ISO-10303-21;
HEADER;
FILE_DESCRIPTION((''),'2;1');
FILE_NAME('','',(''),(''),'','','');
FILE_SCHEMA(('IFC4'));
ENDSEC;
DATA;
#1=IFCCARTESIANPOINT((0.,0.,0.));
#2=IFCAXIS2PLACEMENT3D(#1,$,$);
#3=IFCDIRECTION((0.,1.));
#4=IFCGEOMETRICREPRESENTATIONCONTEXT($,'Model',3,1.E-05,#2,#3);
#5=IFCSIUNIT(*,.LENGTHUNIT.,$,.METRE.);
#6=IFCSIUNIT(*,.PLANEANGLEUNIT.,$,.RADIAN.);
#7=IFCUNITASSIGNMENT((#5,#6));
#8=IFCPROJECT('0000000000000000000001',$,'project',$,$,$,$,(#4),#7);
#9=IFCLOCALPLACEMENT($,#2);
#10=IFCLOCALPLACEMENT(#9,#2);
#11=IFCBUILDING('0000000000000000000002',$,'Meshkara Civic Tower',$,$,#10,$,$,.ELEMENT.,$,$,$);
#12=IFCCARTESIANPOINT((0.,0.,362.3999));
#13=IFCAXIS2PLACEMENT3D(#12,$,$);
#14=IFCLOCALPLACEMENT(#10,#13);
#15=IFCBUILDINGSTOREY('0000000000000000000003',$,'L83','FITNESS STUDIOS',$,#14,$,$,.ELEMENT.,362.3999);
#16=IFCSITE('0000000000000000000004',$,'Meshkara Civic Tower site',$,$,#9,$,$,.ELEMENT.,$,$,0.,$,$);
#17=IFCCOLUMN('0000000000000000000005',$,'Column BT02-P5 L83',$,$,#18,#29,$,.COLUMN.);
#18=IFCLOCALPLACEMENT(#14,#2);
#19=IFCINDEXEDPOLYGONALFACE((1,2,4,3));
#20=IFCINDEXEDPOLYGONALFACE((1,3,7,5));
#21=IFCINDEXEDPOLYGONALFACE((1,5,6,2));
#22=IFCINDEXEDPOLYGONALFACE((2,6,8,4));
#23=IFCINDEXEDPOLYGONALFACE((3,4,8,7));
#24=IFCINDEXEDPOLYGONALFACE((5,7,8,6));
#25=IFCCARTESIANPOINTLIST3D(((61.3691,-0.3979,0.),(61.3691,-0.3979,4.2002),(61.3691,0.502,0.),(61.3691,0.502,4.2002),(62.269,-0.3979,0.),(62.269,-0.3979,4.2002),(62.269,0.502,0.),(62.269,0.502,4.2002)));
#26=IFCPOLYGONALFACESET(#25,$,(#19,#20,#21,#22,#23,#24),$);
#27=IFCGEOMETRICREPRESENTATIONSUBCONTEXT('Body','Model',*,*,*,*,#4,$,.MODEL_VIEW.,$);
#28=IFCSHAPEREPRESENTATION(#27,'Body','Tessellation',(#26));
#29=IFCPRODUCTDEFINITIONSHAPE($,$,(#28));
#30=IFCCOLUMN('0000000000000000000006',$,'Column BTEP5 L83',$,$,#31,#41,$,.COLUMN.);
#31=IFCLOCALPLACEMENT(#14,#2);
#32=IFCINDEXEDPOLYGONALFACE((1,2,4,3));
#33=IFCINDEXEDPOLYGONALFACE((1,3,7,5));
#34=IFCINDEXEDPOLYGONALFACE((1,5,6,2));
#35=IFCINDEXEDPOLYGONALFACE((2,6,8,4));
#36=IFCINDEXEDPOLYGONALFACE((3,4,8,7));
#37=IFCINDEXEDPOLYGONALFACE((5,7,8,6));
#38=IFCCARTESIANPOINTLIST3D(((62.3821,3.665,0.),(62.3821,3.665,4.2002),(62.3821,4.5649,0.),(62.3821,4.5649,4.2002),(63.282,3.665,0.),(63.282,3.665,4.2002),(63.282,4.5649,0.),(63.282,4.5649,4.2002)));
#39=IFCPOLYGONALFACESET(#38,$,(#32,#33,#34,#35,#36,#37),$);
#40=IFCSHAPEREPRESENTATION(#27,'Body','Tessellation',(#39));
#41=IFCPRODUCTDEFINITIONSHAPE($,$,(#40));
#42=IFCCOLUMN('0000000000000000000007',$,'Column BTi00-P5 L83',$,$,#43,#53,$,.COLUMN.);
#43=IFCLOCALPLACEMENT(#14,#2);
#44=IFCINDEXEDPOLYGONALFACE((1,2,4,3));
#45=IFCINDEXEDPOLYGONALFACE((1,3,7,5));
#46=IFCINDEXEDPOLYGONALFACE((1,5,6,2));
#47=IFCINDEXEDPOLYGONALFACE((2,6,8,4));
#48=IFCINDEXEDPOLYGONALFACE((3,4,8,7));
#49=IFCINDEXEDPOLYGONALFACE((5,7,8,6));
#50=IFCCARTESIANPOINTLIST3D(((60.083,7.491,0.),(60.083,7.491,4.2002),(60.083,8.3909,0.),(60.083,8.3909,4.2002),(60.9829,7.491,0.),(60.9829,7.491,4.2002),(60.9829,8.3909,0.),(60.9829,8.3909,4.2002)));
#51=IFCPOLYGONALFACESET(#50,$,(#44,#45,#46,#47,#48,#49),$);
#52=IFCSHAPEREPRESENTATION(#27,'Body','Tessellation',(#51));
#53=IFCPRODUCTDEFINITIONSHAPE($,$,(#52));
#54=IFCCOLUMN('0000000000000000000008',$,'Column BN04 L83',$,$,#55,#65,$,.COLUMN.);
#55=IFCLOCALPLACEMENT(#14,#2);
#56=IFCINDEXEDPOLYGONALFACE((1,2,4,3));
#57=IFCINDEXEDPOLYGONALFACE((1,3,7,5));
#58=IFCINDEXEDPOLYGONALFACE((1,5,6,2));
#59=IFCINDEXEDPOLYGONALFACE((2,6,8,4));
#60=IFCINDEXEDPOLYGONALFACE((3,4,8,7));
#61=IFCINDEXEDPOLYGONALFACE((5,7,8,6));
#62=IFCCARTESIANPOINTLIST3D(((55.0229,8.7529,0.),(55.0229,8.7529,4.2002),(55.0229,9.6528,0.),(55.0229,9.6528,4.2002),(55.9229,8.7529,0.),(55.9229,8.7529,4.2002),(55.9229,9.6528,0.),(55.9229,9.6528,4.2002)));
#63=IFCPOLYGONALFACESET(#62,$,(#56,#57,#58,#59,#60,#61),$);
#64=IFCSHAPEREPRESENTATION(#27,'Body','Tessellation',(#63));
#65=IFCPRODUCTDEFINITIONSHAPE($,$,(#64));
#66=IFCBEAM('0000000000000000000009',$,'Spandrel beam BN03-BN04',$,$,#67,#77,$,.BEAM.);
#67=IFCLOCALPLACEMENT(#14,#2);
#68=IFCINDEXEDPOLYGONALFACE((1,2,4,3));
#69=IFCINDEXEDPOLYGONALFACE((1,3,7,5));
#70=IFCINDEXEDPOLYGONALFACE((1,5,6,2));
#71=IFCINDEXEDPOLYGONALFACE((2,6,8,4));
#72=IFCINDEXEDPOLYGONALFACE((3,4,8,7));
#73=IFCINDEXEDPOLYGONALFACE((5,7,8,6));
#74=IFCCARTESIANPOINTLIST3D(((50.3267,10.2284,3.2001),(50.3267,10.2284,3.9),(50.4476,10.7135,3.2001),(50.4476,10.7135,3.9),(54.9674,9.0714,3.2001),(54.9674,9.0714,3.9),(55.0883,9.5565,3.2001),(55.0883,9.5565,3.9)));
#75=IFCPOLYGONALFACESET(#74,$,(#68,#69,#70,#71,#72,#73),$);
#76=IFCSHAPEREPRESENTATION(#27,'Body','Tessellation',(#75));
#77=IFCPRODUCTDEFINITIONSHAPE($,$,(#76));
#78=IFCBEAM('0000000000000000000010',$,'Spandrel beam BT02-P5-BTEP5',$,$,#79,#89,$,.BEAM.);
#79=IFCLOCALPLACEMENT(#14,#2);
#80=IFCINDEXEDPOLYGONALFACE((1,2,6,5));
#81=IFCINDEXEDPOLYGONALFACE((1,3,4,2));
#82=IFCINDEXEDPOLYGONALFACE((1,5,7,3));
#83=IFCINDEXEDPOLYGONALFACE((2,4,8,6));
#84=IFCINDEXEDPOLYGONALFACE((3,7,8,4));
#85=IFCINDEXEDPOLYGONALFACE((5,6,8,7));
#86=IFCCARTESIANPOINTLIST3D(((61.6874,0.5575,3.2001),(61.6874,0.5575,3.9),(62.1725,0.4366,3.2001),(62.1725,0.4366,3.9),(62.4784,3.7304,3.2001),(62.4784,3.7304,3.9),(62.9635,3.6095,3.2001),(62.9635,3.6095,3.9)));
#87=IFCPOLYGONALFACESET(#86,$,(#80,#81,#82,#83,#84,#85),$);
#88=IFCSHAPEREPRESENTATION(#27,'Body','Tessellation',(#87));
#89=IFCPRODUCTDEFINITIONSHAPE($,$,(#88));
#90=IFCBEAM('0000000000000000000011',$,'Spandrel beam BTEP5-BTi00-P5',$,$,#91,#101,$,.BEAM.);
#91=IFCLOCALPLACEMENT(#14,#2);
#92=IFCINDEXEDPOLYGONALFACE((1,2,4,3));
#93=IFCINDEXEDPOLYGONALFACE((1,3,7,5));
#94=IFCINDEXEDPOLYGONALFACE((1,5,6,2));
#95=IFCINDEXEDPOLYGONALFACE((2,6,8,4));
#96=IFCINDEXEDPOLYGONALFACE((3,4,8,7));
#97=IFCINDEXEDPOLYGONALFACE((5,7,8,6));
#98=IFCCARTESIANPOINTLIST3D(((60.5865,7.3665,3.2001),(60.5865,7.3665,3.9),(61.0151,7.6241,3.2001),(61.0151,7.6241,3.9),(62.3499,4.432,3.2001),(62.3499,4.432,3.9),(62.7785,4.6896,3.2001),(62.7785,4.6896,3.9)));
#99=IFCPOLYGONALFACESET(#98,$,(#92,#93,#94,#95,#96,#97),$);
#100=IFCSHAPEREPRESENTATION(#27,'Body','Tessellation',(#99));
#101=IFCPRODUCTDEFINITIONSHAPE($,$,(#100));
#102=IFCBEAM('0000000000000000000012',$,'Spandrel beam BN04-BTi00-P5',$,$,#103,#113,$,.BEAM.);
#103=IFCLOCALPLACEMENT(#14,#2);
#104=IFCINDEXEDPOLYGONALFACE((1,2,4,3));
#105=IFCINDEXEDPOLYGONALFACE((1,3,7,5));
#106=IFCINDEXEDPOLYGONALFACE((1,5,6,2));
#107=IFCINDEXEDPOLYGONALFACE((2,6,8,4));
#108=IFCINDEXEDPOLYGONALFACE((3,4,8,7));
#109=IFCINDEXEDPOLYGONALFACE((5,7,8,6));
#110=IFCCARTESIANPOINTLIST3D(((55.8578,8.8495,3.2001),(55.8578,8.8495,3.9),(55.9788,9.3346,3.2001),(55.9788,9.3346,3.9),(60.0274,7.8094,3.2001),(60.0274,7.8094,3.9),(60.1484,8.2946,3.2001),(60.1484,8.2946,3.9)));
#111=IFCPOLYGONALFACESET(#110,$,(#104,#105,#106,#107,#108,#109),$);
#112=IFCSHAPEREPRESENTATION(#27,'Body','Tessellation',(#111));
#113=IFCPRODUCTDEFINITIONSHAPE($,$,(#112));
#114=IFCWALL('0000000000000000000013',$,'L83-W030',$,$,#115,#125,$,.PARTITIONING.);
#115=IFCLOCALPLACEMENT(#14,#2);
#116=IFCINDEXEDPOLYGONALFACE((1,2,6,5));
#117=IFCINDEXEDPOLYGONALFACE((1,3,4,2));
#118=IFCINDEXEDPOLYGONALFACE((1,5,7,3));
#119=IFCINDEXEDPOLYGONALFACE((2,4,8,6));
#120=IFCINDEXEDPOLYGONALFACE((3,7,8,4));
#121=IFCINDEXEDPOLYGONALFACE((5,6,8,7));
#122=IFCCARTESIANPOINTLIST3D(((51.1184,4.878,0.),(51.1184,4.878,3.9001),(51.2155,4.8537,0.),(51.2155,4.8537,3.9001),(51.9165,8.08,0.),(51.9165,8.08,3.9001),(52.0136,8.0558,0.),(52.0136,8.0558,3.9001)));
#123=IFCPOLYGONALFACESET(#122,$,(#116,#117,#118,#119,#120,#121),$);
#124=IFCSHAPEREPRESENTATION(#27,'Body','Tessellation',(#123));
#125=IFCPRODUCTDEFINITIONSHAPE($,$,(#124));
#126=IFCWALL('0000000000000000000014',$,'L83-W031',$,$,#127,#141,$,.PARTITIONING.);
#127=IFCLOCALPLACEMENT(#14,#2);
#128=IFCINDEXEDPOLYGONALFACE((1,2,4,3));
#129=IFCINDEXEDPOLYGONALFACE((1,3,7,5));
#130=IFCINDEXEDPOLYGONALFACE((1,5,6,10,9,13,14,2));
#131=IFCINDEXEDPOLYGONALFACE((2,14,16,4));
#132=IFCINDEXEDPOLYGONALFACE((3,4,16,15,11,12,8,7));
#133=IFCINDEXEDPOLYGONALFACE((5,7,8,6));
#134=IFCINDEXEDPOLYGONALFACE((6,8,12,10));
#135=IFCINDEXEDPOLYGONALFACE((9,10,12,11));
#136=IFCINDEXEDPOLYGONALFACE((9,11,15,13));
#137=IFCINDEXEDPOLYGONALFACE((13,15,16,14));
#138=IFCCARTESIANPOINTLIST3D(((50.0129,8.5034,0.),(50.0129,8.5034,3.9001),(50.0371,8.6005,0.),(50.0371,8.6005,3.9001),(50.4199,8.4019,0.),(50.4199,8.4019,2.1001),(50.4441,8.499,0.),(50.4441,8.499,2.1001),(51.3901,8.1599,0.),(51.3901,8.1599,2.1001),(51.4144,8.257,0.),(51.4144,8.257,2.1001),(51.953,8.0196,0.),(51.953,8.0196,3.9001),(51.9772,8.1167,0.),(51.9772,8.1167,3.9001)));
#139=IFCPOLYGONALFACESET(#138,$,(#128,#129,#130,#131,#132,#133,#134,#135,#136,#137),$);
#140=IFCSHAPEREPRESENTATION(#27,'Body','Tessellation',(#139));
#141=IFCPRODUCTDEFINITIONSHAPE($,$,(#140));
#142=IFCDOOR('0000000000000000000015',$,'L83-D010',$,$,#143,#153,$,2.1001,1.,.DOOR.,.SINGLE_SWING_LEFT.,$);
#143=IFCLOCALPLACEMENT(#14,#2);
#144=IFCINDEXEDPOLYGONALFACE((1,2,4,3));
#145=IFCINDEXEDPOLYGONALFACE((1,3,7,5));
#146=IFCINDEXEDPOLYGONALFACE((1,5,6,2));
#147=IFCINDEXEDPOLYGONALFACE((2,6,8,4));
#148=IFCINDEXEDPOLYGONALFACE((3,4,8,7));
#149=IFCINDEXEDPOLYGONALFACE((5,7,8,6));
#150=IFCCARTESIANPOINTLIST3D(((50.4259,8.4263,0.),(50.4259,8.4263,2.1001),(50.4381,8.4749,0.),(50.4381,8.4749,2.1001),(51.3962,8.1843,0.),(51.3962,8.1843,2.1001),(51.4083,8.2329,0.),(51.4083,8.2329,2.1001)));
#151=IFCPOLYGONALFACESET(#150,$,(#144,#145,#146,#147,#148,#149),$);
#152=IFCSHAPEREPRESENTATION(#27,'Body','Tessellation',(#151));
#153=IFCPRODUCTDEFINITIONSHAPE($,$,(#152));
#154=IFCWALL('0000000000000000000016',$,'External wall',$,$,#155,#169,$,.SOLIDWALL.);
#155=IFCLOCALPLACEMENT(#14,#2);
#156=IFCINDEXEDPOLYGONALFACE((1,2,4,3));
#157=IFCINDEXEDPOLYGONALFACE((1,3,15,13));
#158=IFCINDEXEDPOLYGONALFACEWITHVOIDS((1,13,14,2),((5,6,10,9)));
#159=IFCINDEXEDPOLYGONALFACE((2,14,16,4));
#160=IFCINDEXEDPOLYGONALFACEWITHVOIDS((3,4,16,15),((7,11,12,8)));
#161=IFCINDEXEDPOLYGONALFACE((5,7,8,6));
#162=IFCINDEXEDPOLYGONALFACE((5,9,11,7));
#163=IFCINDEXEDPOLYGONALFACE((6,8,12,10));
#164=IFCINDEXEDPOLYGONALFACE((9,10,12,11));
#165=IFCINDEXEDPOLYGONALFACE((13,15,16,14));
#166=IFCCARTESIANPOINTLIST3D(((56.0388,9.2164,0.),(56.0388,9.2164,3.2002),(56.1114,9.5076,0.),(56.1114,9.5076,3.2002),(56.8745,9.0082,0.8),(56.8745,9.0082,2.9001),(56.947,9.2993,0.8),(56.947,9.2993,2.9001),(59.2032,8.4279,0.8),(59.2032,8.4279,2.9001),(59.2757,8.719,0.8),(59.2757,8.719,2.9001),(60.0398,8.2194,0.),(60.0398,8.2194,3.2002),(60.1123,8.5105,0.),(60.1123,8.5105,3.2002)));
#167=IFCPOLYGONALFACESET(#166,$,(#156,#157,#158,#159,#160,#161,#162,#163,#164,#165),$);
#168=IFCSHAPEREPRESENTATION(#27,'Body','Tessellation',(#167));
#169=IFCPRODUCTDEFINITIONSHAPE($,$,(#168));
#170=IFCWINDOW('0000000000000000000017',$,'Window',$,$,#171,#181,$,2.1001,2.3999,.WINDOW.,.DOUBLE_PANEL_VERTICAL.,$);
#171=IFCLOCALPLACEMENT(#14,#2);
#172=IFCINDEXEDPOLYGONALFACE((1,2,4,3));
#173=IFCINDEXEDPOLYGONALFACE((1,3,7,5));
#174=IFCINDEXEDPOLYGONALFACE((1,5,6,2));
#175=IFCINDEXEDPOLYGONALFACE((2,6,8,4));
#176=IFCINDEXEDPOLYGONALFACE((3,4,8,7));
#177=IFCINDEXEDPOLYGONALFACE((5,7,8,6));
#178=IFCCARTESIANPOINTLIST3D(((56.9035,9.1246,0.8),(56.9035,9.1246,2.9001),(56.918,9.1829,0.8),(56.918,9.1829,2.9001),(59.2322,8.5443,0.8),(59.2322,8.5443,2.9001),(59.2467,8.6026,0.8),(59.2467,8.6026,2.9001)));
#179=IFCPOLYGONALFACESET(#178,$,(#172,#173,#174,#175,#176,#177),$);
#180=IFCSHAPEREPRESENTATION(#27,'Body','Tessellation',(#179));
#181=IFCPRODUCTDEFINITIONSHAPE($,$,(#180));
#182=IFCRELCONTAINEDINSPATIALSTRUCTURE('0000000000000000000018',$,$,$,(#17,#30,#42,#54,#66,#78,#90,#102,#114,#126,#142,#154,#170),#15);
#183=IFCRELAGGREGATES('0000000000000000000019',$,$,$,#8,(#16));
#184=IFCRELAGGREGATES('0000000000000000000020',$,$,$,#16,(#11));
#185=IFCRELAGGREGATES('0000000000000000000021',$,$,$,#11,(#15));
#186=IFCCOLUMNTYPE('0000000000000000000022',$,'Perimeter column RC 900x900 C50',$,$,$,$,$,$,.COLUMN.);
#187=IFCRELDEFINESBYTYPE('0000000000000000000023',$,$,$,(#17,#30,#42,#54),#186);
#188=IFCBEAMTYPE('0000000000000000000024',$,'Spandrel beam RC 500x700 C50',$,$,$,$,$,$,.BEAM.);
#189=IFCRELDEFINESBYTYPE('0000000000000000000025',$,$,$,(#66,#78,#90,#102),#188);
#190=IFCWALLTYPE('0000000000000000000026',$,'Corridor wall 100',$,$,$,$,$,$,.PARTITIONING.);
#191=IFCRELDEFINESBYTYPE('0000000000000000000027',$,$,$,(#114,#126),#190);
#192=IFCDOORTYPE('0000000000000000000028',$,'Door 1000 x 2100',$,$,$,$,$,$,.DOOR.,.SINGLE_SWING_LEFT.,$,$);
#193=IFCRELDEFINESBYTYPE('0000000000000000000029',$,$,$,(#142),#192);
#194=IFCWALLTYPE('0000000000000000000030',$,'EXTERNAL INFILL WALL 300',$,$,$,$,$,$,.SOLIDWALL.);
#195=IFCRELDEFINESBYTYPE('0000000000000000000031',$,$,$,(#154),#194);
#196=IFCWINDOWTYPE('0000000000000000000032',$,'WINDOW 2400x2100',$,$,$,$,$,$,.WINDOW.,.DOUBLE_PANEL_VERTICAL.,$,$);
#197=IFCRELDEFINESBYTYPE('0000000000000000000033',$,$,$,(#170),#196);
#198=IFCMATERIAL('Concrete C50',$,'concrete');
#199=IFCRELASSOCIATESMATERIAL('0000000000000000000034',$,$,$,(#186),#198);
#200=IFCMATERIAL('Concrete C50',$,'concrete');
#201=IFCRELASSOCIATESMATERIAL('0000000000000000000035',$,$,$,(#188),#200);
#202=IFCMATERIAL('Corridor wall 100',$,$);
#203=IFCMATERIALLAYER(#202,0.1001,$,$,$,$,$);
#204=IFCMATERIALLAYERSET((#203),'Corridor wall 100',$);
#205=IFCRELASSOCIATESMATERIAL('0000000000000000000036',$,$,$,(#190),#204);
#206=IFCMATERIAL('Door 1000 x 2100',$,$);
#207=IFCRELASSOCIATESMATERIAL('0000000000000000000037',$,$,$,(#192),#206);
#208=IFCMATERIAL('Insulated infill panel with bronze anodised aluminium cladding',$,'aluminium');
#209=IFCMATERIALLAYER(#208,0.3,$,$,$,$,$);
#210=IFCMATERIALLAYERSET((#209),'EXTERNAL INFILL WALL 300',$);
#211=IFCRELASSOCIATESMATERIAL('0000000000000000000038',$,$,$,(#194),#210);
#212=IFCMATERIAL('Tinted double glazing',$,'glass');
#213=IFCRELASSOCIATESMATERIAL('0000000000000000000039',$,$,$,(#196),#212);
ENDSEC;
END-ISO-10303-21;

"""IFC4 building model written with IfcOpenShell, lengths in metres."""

from ifc_helpers import new_model, si_unit, direction, frame, frame_2d, origin, origin_2d, place, context, subcontext, project, spatial, rectangle, extrude, material, layer, layer_set, material_profile, profile_set, type_object, element, fill, save


model = new_model("IFC4")

# Units and contexts
model_context = context("Model", 3, precision=1e-05, world=origin(), true_north=direction((0.0, 1.0)))
body_context = subcontext(model_context, "Body", "Model", "MODEL_VIEW")
ifc_project = project(units=[si_unit("LENGTHUNIT", "METRE"), si_unit("PLANEANGLEUNIT", "RADIAN")], contexts=[model_context])

# Site, building, storey
site_placement = place(None, origin())
site = spatial("IfcSite", under=ifc_project, at=site_placement, Name="Meshkara Civic Tower site", CompositionType="ELEMENT", RefElevation=0.0)
building_placement = place(site_placement, origin())
building = spatial("IfcBuilding", under=site, at=building_placement, Name="Meshkara Civic Tower", CompositionType="ELEMENT")
storey_placement = place(building_placement, frame((0.0, 0.0, 362.3999)))
storey = spatial("IfcBuildingStorey", under=building, at=storey_placement, Name="L83", Description="FITNESS STUDIOS", CompositionType="ELEMENT", Elevation=362.3999)

# Columns
ifc_material_1 = material(Name="Concrete C50", Category="concrete")
ifc_material_profile_1 = material_profile(ifc_material_1, rectangle(XDim=0.8999, YDim=0.8999, at=origin_2d()))
ifc_profile_set_1 = profile_set([ifc_material_profile_1], Name="Concrete C50")
column_type = type_object("IfcColumnType", Name="Perimeter column RC 900x900 C50", PredefinedType="COLUMN", material=ifc_profile_set_1)
for number, where, z_axis, x_axis, name in (
    (1, (61.8191, 0.052, 0.0), (0.0, 0.0, 1.0), (1.0, 0.0, 0.0), "Column BT02-P5 L83"),
    (2, (62.832, 4.115, 0.0), (0.0, 0.0, 1.0), (1.0, 0.0, 0.0), "Column BTEP5 L83"),
    (3, (60.533, 7.9409, 0.0), (0.0, 0.0, 1.0), (1.0, 0.0, 0.0), "Column BTi00-P5 L83"),
    (4, (55.4729, 9.2029, 0.0), (0.0, 0.0, 1.0), (1.0, 0.0, 0.0), "Column BN04 L83"),
):
    element("IfcColumn", number, at=place(storey_placement, frame(where, z_axis=z_axis, x_axis=x_axis)), inside=storey, type_object=column_type, Name=name, PredefinedType="COLUMN", context=body_context, shape_type="SweptSolid", body=[
        extrude(rectangle(XDim=0.8999, YDim=0.8999, at=origin_2d()), origin(), (0.0, 0.0, 1.0), 4.2002),
    ])

# Beams
ifc_material_2 = material(Name="Concrete C50", Category="concrete")
ifc_material_profile_2 = material_profile(ifc_material_2, rectangle(XDim=0.5, YDim=0.7, at=origin_2d()))
ifc_profile_set_2 = profile_set([ifc_material_profile_2], Name="Concrete C50")
beam_type = type_object("IfcBeamType", Name="Spandrel beam RC 500x700 C50", PredefinedType="BEAM", material=ifc_profile_set_2)
beam_1_placement = place(storey_placement, frame((55.0278, 9.314, 3.55), z_axis=(-0.970298, 0.241911, 0.0), x_axis=(-0.241911, -0.970298, 0.0)))
element("IfcBeam", 5, at=beam_1_placement, inside=storey, type_object=beam_type, Name="Spandrel beam BN03-BN04", PredefinedType="BEAM", context=body_context, shape_type="SweptSolid", body=[
    extrude(rectangle(XDim=0.5, YDim=0.7, at=origin_2d()), origin(), (0.0, 0.0, 1.0), 4.7827),
])
beam_2_placement = place(storey_placement, frame((61.9299, 0.4971, 3.55), z_axis=(0.241903, 0.9703, 0.0), x_axis=(-0.9703, 0.241903, 0.0)))
element("IfcBeam", 6, at=beam_2_placement, inside=storey, type_object=beam_type, Name="Spandrel beam BT02-P5-BTEP5", PredefinedType="BEAM", context=body_context, shape_type="SweptSolid", body=[
    extrude(rectangle(XDim=0.5, YDim=0.7, at=origin_2d()), origin(), (0.0, 0.0, 1.0), 3.27),
])
beam_3_placement = place(storey_placement, frame((62.5642, 4.5608, 3.55), z_axis=(-0.515072, 0.857147, 0.0), x_axis=(-0.857147, -0.515072, 0.0)))
element("IfcBeam", 7, at=beam_3_placement, inside=storey, type_object=beam_type, Name="Spandrel beam BTEP5-BTi00-P5", PredefinedType="BEAM", context=body_context, shape_type="SweptSolid", body=[
    extrude(rectangle(XDim=0.5, YDim=0.7, at=origin_2d()), origin(), (0.0, 0.0, 1.0), 3.4236),
])
beam_4_placement = place(storey_placement, frame((60.0879, 8.052, 3.55), z_axis=(-0.970273, 0.242014, 0.0), x_axis=(-0.242014, -0.970273, 0.0)))
element("IfcBeam", 8, at=beam_4_placement, inside=storey, type_object=beam_type, Name="Spandrel beam BN04-BTi00-P5", PredefinedType="BEAM", context=body_context, shape_type="SweptSolid", body=[
    extrude(rectangle(XDim=0.5, YDim=0.7, at=origin_2d()), origin(), (0.0, 0.0, 1.0), 4.2974),
])

# Wall
ifc_material_3 = material(Name="Corridor wall 100")
ifc_layer_1 = layer(ifc_material_3, 0.1001)
ifc_layer_set_1 = layer_set([ifc_layer_1], Name="Corridor wall 100")
wall_type_1 = type_object("IfcWallType", Name="Corridor wall 100", PredefinedType="PARTITIONING", material=ifc_layer_set_1)
wall_1_placement = place(storey_placement, frame((51.167, 4.866, 0.0), z_axis=(0.0, 0.0, 1.0), x_axis=(0.241839, 0.970316, 0.0)))
element("IfcWall", 9, at=wall_1_placement, inside=storey, type_object=wall_type_1, Name="L83-W030", PredefinedType="PARTITIONING", context=body_context, shape_type="SweptSolid", body=[
    extrude(rectangle(XDim=3.3, YDim=0.1001, at=frame_2d((1.6499, 0.0))), origin(), (0.0, 0.0, 1.0), 3.9001),
])

# Wall, opening, door
wall_2_placement = place(storey_placement, frame((51.9651, 8.0681, 0.0), z_axis=(0.0, 0.0, 1.0), x_axis=(-0.970279, 0.24199, 0.0)))
wall_2 = element("IfcWall", 10, at=wall_2_placement, inside=storey, type_object=wall_type_1, Name="L83-W031", PredefinedType="PARTITIONING", context=body_context, shape_type="SweptSolid", body=[
    extrude(rectangle(XDim=1.9995, YDim=0.1001, at=frame_2d((0.9998, 0.0))), origin(), (0.0, 0.0, 1.0), 3.9001),
])
opening_1_placement = place(wall_2_placement, frame((0.5801, 0.0, 0.0)))
opening_1 = element("IfcOpeningElement", 11, at=opening_1_placement, cuts=wall_2, PredefinedType="OPENING", context=body_context, shape_type="SweptSolid", body=[
    extrude(rectangle(XDim=1.0, YDim=2.1001, at=frame_2d((0.5, 1.05))), frame((0.0, 0.0601, 0.0), z_axis=(0.0, -1.0, 0.0), x_axis=(1.0, 0.0, 0.0)), (0.0, 0.0, 1.0), 0.1201),
])
ifc_material_4 = material(Name="Door 1000 x 2100")
door_type = type_object("IfcDoorType", Name="Door 1000 x 2100", OperationType="SINGLE_SWING_LEFT", PredefinedType="DOOR", material=ifc_material_4)
door_placement = place(opening_1_placement, origin())
door = element("IfcDoor", 12, at=door_placement, inside=storey, type_object=door_type, Name="L83-D010", OperationType="SINGLE_SWING_LEFT", OverallHeight=2.1001, OverallWidth=1.0, PredefinedType="DOOR", context=body_context, shape_type="SweptSolid", body=[
    extrude(rectangle(XDim=1.0, YDim=2.1001, at=frame_2d((0.5, 1.05))), frame((0.0, 0.0249, 0.0), z_axis=(0.0, -1.0, 0.0), x_axis=(1.0, 0.0, 0.0)), (0.0, 0.0, 1.0), 0.05),
])
fill(opening_1, door)

# Wall, opening, window
ifc_material_5 = material(Name="Insulated infill panel with bronze anodised aluminium cladding", Category="aluminium")
ifc_layer_2 = layer(ifc_material_5, 0.3)
ifc_layer_set_2 = layer_set([ifc_layer_2], Name="EXTERNAL INFILL WALL 300")
wall_type_2 = type_object("IfcWallType", Name="EXTERNAL INFILL WALL 300", PredefinedType="SOLIDWALL", material=ifc_layer_set_2)
wall_3_placement = place(storey_placement, frame((60.0759, 8.365, 0.0), z_axis=(0.0, 0.0, 1.0), x_axis=(-0.970323, 0.241811, 0.0)))
wall_3 = element("IfcWall", 13, at=wall_3_placement, inside=storey, type_object=wall_type_2, Name="External wall", PredefinedType="SOLIDWALL", context=body_context, shape_type="SweptSolid", body=[
    extrude(rectangle(XDim=4.1233, YDim=0.3, at=frame_2d((2.0615, 0.0))), origin(), (0.0, 0.0, 1.0), 3.2002),
])
opening_2_placement = place(wall_3_placement, frame((0.8621, 0.0, 0.8)))
opening_2 = element("IfcOpeningElement", 14, at=opening_2_placement, cuts=wall_3, PredefinedType="OPENING", context=body_context, shape_type="SweptSolid", body=[
    extrude(rectangle(XDim=2.3999, YDim=2.1001, at=frame_2d((1.2, 1.05))), frame((0.0, 0.1599, 0.0), z_axis=(0.0, -1.0, 0.0), x_axis=(1.0, 0.0, 0.0)), (0.0, 0.0, 1.0), 0.3201),
])
ifc_material_6 = material(Name="Tinted double glazing", Category="glass")
window_type = type_object("IfcWindowType", Name="WINDOW 2400x2100", PartitioningType="DOUBLE_PANEL_VERTICAL", PredefinedType="WINDOW", material=ifc_material_6)
window_1_placement = place(opening_2_placement, origin())
window_1 = element("IfcWindow", 15, at=window_1_placement, inside=storey, type_object=window_type, Name="Window", OverallHeight=2.1001, OverallWidth=2.3999, PartitioningType="DOUBLE_PANEL_VERTICAL", PredefinedType="WINDOW", context=body_context, shape_type="SweptSolid", body=[
    extrude(rectangle(XDim=2.3999, YDim=2.1001, at=frame_2d((1.2, 1.05))), frame((0.0, 0.03, 0.0), z_axis=(0.0, -1.0, 0.0), x_axis=(1.0, 0.0, 0.0)), (0.0, 0.0, 1.0), 0.0601),
])
fill(opening_2, window_1)

save(model, "model.ifc")
